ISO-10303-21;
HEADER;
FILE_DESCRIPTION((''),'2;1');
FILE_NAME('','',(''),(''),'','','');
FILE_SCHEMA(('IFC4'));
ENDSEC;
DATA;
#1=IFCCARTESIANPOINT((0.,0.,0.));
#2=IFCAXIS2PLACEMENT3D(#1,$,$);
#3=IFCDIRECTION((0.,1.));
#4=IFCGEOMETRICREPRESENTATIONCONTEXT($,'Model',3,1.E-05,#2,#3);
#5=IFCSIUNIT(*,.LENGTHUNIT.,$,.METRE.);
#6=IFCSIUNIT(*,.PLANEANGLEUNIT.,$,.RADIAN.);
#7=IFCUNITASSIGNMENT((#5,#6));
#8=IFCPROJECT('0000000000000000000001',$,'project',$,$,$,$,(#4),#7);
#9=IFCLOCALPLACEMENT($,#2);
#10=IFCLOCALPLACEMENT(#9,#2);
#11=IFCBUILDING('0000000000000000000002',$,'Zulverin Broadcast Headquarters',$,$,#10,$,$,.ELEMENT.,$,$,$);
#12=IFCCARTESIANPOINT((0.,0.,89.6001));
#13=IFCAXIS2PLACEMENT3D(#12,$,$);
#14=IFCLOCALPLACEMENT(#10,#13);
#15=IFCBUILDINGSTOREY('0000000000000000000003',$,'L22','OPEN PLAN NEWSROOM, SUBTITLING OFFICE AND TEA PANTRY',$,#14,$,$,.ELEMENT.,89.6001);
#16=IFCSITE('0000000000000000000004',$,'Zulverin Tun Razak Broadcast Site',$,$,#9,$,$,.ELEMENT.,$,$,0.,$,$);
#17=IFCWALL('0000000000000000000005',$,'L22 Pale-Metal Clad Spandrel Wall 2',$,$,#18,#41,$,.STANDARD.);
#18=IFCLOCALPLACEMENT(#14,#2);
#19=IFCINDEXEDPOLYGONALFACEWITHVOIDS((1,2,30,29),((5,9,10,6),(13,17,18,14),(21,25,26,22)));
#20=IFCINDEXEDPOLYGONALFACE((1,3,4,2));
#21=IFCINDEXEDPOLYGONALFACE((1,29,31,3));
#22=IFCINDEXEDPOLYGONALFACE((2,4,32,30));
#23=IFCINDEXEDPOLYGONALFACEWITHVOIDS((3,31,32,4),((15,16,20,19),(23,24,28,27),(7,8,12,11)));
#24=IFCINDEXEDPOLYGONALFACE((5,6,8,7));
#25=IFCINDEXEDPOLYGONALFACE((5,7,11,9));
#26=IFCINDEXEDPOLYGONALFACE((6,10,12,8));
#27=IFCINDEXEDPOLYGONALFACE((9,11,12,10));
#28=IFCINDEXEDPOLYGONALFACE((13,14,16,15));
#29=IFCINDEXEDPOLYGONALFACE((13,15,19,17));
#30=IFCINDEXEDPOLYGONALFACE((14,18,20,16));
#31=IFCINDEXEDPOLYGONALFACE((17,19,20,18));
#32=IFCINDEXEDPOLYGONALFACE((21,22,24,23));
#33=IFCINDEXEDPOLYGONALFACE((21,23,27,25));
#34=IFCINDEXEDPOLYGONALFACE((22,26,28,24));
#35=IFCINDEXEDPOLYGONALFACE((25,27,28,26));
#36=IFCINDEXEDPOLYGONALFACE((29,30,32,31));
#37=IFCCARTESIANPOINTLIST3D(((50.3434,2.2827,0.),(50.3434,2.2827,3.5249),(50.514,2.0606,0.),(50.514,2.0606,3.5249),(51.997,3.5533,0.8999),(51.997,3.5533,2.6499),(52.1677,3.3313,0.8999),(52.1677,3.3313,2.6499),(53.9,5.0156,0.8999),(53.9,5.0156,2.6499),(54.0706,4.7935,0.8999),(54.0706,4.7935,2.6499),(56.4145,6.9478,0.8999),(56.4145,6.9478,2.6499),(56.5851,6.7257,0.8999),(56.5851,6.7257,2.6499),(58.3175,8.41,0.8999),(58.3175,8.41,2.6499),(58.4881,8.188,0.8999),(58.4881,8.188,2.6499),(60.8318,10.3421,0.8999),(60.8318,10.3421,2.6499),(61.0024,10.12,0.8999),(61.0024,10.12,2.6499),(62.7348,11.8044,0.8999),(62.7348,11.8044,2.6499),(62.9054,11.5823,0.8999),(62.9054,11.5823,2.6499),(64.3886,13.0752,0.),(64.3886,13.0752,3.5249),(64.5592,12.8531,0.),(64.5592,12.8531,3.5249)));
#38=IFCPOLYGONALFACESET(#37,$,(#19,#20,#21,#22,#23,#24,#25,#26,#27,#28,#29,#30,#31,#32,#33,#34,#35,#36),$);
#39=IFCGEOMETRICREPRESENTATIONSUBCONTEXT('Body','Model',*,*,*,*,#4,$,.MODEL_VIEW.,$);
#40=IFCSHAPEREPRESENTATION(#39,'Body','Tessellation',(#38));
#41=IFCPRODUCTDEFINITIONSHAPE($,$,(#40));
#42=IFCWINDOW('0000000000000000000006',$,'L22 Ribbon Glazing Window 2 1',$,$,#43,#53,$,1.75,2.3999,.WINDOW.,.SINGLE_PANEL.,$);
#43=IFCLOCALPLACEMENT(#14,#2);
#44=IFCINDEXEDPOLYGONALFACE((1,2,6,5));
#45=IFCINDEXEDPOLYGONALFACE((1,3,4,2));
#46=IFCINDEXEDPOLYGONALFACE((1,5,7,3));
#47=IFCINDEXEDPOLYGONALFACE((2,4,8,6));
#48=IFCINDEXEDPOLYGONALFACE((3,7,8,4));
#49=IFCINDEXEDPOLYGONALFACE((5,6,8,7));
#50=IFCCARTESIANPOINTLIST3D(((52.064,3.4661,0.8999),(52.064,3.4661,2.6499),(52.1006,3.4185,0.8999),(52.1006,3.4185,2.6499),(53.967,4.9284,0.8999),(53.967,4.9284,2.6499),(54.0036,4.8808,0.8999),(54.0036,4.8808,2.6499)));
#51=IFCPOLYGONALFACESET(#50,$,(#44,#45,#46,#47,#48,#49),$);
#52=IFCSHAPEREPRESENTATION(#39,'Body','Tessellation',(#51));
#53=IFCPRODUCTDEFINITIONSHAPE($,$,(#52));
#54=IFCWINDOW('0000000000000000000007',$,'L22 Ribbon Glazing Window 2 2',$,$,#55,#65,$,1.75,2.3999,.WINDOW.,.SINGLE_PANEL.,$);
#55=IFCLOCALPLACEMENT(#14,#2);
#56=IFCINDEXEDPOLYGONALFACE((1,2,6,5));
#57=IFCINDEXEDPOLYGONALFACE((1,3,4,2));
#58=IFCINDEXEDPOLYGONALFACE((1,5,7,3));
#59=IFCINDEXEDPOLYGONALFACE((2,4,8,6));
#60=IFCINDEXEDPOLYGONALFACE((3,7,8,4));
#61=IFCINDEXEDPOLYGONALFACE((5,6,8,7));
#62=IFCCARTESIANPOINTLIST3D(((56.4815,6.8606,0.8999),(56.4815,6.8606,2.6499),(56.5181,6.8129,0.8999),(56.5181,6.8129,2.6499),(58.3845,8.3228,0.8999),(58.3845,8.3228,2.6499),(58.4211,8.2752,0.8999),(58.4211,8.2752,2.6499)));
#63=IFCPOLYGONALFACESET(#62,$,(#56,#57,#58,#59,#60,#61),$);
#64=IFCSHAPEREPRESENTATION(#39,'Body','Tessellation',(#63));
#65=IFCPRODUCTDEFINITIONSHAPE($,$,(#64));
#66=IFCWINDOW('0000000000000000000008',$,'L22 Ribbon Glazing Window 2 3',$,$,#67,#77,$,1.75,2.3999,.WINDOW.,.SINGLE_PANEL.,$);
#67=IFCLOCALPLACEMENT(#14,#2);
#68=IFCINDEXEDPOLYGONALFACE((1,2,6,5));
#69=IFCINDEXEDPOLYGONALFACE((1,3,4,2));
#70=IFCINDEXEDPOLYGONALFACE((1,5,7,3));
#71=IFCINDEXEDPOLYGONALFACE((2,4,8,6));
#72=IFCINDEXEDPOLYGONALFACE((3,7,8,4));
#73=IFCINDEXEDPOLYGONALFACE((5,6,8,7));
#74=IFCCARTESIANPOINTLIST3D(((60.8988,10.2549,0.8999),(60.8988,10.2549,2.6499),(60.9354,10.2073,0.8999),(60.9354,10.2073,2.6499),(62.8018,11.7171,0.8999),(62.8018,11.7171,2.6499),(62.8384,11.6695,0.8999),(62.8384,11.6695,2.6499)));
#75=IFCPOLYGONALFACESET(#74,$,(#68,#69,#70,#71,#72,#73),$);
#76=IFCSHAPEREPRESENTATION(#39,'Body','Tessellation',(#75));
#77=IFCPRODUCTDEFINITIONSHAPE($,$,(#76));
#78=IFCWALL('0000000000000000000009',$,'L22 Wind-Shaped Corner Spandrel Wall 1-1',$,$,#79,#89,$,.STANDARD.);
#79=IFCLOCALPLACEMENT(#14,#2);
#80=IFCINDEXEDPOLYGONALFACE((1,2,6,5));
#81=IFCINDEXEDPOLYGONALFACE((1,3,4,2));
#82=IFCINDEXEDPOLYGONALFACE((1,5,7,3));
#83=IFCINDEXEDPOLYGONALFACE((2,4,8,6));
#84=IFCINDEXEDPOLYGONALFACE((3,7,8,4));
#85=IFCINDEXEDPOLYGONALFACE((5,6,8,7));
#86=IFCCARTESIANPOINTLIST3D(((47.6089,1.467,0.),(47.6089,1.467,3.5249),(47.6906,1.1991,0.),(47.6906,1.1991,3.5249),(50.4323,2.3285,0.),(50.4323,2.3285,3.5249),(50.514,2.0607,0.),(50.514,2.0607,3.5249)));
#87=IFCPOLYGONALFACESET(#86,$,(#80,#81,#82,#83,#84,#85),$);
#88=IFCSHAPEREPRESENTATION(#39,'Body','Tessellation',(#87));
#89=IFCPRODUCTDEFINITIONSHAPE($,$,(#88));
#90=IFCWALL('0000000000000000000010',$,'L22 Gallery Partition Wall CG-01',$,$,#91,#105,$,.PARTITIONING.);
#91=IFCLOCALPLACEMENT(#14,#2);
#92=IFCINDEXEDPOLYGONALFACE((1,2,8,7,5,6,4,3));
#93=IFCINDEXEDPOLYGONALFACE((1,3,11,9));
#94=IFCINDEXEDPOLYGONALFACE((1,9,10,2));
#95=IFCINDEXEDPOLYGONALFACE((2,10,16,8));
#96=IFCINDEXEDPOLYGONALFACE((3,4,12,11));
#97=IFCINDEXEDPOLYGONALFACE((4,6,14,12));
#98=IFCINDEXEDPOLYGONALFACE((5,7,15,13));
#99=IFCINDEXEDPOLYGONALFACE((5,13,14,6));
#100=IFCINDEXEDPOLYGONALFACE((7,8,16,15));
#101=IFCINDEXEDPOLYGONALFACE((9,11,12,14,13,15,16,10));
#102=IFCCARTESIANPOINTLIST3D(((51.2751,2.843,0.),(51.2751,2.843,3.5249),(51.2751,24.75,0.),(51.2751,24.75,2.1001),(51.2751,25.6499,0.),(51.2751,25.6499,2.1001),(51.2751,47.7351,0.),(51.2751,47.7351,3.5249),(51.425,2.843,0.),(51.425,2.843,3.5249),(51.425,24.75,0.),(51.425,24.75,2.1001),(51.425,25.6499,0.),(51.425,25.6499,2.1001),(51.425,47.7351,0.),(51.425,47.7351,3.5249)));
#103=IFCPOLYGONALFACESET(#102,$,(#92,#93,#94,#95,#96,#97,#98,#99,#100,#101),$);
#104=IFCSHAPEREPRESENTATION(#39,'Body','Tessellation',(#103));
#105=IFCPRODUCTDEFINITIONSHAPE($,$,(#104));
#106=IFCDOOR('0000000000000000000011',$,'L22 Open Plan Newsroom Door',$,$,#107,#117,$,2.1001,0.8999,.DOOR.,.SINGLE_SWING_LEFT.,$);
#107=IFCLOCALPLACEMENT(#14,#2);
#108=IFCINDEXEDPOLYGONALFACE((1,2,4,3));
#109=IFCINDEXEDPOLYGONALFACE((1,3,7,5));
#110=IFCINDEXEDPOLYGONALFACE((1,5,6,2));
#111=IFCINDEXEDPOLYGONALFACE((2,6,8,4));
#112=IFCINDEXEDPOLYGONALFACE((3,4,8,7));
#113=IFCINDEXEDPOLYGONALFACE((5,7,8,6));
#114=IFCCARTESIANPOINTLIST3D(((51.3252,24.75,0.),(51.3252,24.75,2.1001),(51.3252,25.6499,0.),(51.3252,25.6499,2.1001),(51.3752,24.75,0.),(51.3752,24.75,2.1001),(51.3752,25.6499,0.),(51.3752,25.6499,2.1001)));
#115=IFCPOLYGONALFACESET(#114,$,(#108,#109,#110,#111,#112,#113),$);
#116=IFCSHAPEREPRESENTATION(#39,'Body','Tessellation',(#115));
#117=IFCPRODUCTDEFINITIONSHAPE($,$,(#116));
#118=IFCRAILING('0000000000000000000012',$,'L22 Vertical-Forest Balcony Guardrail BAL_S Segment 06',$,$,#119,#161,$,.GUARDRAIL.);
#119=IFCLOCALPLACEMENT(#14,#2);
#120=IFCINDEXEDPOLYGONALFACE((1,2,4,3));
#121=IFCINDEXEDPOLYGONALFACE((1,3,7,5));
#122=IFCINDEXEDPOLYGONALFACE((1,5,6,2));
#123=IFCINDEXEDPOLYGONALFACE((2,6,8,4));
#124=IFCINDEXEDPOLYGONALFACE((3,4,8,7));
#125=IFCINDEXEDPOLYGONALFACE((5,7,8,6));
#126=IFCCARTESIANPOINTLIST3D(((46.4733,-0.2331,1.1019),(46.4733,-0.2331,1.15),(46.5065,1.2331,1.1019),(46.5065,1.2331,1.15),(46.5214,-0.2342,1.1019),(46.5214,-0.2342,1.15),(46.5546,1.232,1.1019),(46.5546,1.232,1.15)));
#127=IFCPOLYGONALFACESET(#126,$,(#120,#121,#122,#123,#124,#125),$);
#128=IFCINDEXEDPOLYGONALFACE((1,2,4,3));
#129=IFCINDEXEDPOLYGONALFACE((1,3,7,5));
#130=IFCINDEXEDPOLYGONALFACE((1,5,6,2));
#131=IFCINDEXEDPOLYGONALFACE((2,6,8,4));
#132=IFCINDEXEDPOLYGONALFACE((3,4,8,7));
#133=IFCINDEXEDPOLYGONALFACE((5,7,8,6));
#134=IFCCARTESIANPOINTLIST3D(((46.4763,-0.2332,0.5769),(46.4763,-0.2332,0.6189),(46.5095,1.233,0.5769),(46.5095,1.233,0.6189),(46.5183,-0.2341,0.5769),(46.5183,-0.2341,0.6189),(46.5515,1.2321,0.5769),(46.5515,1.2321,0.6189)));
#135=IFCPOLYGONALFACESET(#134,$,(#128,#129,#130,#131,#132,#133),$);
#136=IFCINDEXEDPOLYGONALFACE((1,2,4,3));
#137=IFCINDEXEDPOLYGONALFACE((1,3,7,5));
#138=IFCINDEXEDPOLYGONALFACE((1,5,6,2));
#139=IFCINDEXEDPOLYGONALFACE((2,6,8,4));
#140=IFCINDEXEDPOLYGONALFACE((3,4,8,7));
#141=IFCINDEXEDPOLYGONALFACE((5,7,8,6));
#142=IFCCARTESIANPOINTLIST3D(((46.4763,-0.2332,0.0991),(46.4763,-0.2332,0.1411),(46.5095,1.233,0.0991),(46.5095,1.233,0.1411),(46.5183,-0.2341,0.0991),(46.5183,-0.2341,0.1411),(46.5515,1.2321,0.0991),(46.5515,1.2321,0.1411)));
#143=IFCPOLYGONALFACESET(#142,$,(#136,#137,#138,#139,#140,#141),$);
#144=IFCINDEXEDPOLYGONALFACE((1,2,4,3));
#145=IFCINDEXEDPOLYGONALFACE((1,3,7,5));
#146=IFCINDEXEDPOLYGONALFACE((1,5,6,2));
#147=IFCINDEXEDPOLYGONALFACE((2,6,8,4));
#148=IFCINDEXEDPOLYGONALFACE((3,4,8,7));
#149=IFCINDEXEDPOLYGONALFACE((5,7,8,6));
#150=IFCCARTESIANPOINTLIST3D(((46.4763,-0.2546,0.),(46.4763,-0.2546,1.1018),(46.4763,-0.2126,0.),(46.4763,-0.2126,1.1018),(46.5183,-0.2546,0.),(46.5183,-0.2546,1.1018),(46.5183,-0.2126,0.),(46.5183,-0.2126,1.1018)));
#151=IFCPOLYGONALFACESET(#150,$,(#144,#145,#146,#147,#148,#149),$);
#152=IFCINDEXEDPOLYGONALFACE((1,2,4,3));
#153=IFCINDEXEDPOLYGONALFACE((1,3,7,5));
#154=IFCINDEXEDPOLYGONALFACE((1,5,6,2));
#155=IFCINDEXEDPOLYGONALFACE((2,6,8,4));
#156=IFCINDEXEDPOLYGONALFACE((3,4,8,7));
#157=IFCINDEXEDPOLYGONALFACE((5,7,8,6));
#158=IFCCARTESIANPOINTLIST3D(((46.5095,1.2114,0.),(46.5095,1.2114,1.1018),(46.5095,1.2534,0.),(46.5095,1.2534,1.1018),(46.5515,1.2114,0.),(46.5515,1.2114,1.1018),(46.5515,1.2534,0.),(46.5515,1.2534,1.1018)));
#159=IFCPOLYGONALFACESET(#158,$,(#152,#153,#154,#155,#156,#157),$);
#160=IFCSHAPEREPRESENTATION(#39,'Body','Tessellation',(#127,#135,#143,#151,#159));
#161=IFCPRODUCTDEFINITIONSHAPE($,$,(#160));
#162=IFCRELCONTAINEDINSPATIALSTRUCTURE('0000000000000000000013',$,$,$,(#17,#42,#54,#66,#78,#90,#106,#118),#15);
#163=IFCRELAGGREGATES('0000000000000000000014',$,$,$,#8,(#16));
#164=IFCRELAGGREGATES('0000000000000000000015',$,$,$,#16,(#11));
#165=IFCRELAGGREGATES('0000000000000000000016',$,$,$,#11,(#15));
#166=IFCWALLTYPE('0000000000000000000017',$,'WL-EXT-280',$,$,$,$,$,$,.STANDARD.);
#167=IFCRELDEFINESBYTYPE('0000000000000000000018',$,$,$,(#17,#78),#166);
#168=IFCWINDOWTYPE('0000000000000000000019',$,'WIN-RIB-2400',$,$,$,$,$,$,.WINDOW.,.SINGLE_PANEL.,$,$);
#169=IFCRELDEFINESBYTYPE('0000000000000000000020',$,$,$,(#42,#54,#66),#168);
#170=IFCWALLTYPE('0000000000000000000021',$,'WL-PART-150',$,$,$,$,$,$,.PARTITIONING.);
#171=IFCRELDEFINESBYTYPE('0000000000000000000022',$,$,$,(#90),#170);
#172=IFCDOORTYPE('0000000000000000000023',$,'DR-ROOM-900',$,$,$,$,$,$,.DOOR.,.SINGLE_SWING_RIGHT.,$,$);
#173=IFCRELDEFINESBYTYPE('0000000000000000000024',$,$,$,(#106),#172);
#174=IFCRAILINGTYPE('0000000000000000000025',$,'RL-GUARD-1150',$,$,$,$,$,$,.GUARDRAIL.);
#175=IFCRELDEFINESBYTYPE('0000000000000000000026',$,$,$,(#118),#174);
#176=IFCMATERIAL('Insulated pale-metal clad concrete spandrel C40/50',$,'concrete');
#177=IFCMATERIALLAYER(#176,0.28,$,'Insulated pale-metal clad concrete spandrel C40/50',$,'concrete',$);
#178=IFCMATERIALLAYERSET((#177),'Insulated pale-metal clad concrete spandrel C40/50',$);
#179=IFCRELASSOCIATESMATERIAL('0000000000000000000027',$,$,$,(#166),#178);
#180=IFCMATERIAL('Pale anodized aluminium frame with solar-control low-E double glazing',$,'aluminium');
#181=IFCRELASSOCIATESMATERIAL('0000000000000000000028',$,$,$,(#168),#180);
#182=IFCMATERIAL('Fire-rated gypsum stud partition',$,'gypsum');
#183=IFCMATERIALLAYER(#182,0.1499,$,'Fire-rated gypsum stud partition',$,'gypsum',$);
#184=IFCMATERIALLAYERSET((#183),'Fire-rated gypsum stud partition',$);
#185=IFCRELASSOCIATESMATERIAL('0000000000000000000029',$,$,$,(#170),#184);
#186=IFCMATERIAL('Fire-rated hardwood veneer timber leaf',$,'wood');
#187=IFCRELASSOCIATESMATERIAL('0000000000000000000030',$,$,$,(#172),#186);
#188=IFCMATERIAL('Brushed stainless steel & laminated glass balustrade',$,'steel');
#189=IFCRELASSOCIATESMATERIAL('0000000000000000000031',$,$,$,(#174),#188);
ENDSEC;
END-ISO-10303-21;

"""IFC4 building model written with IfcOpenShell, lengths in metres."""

from ifc_helpers import new_model, si_unit, direction, frame, frame_2d, origin, origin_2d, place, context, subcontext, project, spatial, rectangle, extrude, material, layer, layer_set, type_object, element, fill, save


model = new_model("IFC4")

# Units and contexts
model_context = context("Model", 3, precision=1e-05, world=origin(), true_north=direction((0.0, 1.0)))
body_context = subcontext(model_context, "Body", "Model", "MODEL_VIEW")
ifc_project = project(units=[si_unit("LENGTHUNIT", "METRE"), si_unit("PLANEANGLEUNIT", "RADIAN")], contexts=[model_context])

# Site, building, storey
site_placement = place(None, origin())
site = spatial("IfcSite", under=ifc_project, at=site_placement, Name="Zulverin Tun Razak Broadcast Site", CompositionType="ELEMENT", RefElevation=0.0)
building_placement = place(site_placement, origin())
building = spatial("IfcBuilding", under=site, at=building_placement, Name="Zulverin Broadcast Headquarters", CompositionType="ELEMENT")
storey_placement = place(building_placement, frame((0.0, 0.0, 89.6001)))
storey = spatial("IfcBuildingStorey", under=building, at=storey_placement, Name="L22", Description="OPEN PLAN NEWSROOM, SUBTITLING OFFICE AND TEA PANTRY", CompositionType="ELEMENT", Elevation=89.6001)

# Wall, openings, windows
ifc_material_1 = material(Name="Insulated pale-metal clad concrete spandrel C40/50", Category="concrete")
ifc_layer_1 = layer(ifc_material_1, 0.28, Name="Insulated pale-metal clad concrete spandrel C40/50", Category="concrete")
ifc_layer_set_1 = layer_set([ifc_layer_1], Name="Insulated pale-metal clad concrete spandrel C40/50")
wall_type_1 = type_object("IfcWallType", Name="WL-EXT-280", PredefinedType="STANDARD", material=ifc_layer_set_1)
wall_1_placement = place(storey_placement, frame((50.4287, 2.1716, 0.0), z_axis=(0.0, 0.0, 1.0), x_axis=(0.792937, 0.609303, 0.0)))
wall_1 = element("IfcWall", 1, at=wall_1_placement, inside=storey, type_object=wall_type_1, Name="L22 Pale-Metal Clad Spandrel Wall 2", PredefinedType="STANDARD", context=body_context, shape_type="SweptSolid", body=[
    extrude(rectangle(XDim=17.7129, YDim=0.28, at=frame_2d((8.8564, 0.0))), origin(), (0.0, 0.0, 1.0), 3.5249),
])
opening_1_placement = place(wall_1_placement, frame((2.0854, 0.0, 0.8999)))
opening_1 = element("IfcOpeningElement", 2, at=opening_1_placement, cuts=wall_1, PredefinedType="OPENING", context=body_context, shape_type="SweptSolid", body=[
    extrude(rectangle(XDim=2.3999, YDim=1.75, at=frame_2d((1.2, 0.875))), frame((0.0, 0.1499, 0.0), z_axis=(0.0, -1.0, 0.0), x_axis=(1.0, 0.0, 0.0)), (0.0, 0.0, 1.0), 0.3),
])
opening_2_placement = place(wall_1_placement, frame((7.6565, 0.0, 0.8999)))
opening_2 = element("IfcOpeningElement", 3, at=opening_2_placement, cuts=wall_1, PredefinedType="OPENING", context=body_context, shape_type="SweptSolid", body=[
    extrude(rectangle(XDim=2.3999, YDim=1.75, at=frame_2d((1.2, 0.875))), frame((0.0, 0.1499, 0.0), z_axis=(0.0, -1.0, 0.0), x_axis=(1.0, 0.0, 0.0)), (0.0, 0.0, 1.0), 0.3),
])
opening_3_placement = place(wall_1_placement, frame((13.2273, 0.0, 0.8999)))
opening_3 = element("IfcOpeningElement", 4, at=opening_3_placement, cuts=wall_1, PredefinedType="OPENING", context=body_context, shape_type="SweptSolid", body=[
    extrude(rectangle(XDim=2.3999, YDim=1.75, at=frame_2d((1.2, 0.875))), frame((0.0, 0.1499, 0.0), z_axis=(0.0, -1.0, 0.0), x_axis=(1.0, 0.0, 0.0)), (0.0, 0.0, 1.0), 0.3),
])
ifc_material_2 = material(Name="Pale anodized aluminium frame with solar-control low-E double glazing", Category="aluminium")
window_type = type_object("IfcWindowType", Name="WIN-RIB-2400", PartitioningType="SINGLE_PANEL", PredefinedType="WINDOW", material=ifc_material_2)
window_1_placement = place(opening_1_placement, origin())
window_1 = element("IfcWindow", 5, at=window_1_placement, inside=storey, type_object=window_type, Name="L22 Ribbon Glazing Window 2 1", OverallHeight=1.75, OverallWidth=2.3999, PartitioningType="SINGLE_PANEL", PredefinedType="WINDOW", context=body_context, shape_type="SweptSolid", body=[
    extrude(rectangle(XDim=2.3999, YDim=1.75, at=frame_2d((1.2, 0.875))), frame((0.0, 0.03, 0.0), z_axis=(0.0, -1.0, 0.0), x_axis=(1.0, 0.0, 0.0)), (0.0, 0.0, 1.0), 0.0601),
])
fill(opening_1, window_1)
window_2_placement = place(opening_2_placement, origin())
window_2 = element("IfcWindow", 6, at=window_2_placement, inside=storey, type_object=window_type, Name="L22 Ribbon Glazing Window 2 2", OverallHeight=1.75, OverallWidth=2.3999, PartitioningType="SINGLE_PANEL", PredefinedType="WINDOW", context=body_context, shape_type="SweptSolid", body=[
    extrude(rectangle(XDim=2.3999, YDim=1.75, at=frame_2d((1.2, 0.875))), frame((0.0, 0.03, 0.0), z_axis=(0.0, -1.0, 0.0), x_axis=(1.0, 0.0, 0.0)), (0.0, 0.0, 1.0), 0.0601),
])
fill(opening_2, window_2)
window_3_placement = place(opening_3_placement, origin())
window_3 = element("IfcWindow", 7, at=window_3_placement, inside=storey, type_object=window_type, Name="L22 Ribbon Glazing Window 2 3", OverallHeight=1.75, OverallWidth=2.3999, PartitioningType="SINGLE_PANEL", PredefinedType="WINDOW", context=body_context, shape_type="SweptSolid", body=[
    extrude(rectangle(XDim=2.3999, YDim=1.75, at=frame_2d((1.2, 0.875))), frame((0.0, 0.03, 0.0), z_axis=(0.0, -1.0, 0.0), x_axis=(1.0, 0.0, 0.0)), (0.0, 0.0, 1.0), 0.0601),
])
fill(opening_3, window_3)

# Wall
wall_2_placement = place(storey_placement, frame((47.6497, 1.333, 0.0), z_axis=(0.0, 0.0, 1.0), x_axis=(0.956461, 0.291859, 0.0)))
element("IfcWall", 8, at=wall_2_placement, inside=storey, type_object=wall_type_1, Name="L22 Wind-Shaped Corner Spandrel Wall 1-1", PredefinedType="STANDARD", context=body_context, shape_type="SweptSolid", body=[
    extrude(rectangle(XDim=2.9519, YDim=0.28, at=frame_2d((1.4761, 0.0))), origin(), (0.0, 0.0, 1.0), 3.5249),
])

# Wall, opening, door
ifc_material_3 = material(Name="Fire-rated gypsum stud partition", Category="gypsum")
ifc_layer_2 = layer(ifc_material_3, 0.1499, Name="Fire-rated gypsum stud partition", Category="gypsum")
ifc_layer_set_2 = layer_set([ifc_layer_2], Name="Fire-rated gypsum stud partition")
wall_type_2 = type_object("IfcWallType", Name="WL-PART-150", PredefinedType="PARTITIONING", material=ifc_layer_set_2)
wall_3_placement = place(storey_placement, frame((51.3501, 2.843, 0.0), z_axis=(0.0, 0.0, 1.0), x_axis=(0.0, 1.0, 0.0)))
wall_3 = element("IfcWall", 9, at=wall_3_placement, inside=storey, type_object=wall_type_2, Name="L22 Gallery Partition Wall CG-01", PredefinedType="PARTITIONING", context=body_context, shape_type="SweptSolid", body=[
    extrude(rectangle(XDim=44.8921, YDim=0.1499, at=frame_2d((22.446, 0.0))), origin(), (0.0, 0.0, 1.0), 3.5249),
])
opening_4_placement = place(wall_3_placement, frame((21.907, 0.0, 0.0)))
opening_4 = element("IfcOpeningElement", 10, at=opening_4_placement, cuts=wall_3, PredefinedType="OPENING", context=body_context, shape_type="SweptSolid", body=[
    extrude(rectangle(XDim=0.8999, YDim=2.1001, at=frame_2d((0.45, 1.05))), frame((0.0, 0.085, 0.0), z_axis=(0.0, -1.0, 0.0), x_axis=(1.0, 0.0, 0.0)), (0.0, 0.0, 1.0), 0.1699),
])
ifc_material_4 = material(Name="Fire-rated hardwood veneer timber leaf", Category="wood")
door_type_1 = type_object("IfcDoorType", Name="DR-ROOM-900", OperationType="SINGLE_SWING_RIGHT", PredefinedType="DOOR", material=ifc_material_4)
door_1_placement = place(opening_4_placement, origin())
door_1 = element("IfcDoor", 11, at=door_1_placement, inside=storey, type_object=door_type_1, Name="L22 Open Plan Newsroom Door", OperationType="SINGLE_SWING_LEFT", OverallHeight=2.1001, OverallWidth=0.8999, PredefinedType="DOOR", context=body_context, shape_type="SweptSolid", body=[
    extrude(rectangle(XDim=0.8999, YDim=2.1001, at=frame_2d((0.45, 1.05))), frame((0.0, 0.0249, 0.0), z_axis=(0.0, -1.0, 0.0), x_axis=(1.0, 0.0, 0.0)), (0.0, 0.0, 1.0), 0.05),
])
fill(opening_4, door_1)

# Railing
ifc_material_5 = material(Name="Brushed stainless steel & laminated glass balustrade", Category="steel")
railing_type = type_object("IfcRailingType", Name="RL-GUARD-1150", PredefinedType="GUARDRAIL", material=ifc_material_5)
railing_placement = place(storey_placement, frame((46.4973, -0.2336, 0.0)))
element("IfcRailing", 12, at=railing_placement, inside=storey, type_object=railing_type, Name="L22 Vertical-Forest Balcony Guardrail BAL_S Segment 06", PredefinedType="GUARDRAIL", context=body_context, shape_type="SweptSolid", body=[
    extrude(rectangle(XDim=0.0481, YDim=0.0481, at=origin_2d()), frame((0.0, 0.0, 1.126), z_axis=(0.022642, 0.999744, 0.0), x_axis=(-0.999744, 0.022642, 0.0)), (0.0, 0.0, 1.0), 1.4666),
    extrude(rectangle(XDim=0.042, YDim=0.042, at=origin_2d()), frame((0.0, 0.0, 0.5979), z_axis=(0.022642, 0.999744, 0.0), x_axis=(-0.999744, 0.022642, 0.0)), (0.0, 0.0, 1.0), 1.4666),
    extrude(rectangle(XDim=0.042, YDim=0.042, at=origin_2d()), frame((0.0, 0.0, 0.1201), z_axis=(0.022642, 0.999744, 0.0), x_axis=(-0.999744, 0.022642, 0.0)), (0.0, 0.0, 1.0), 1.4666),
    extrude(rectangle(XDim=0.042, YDim=0.042, at=origin_2d()), origin(), (0.0, 0.0, 1.0), 1.1018),
    extrude(rectangle(XDim=0.042, YDim=0.042, at=origin_2d()), frame((0.0332, 1.4661, 0.0)), (0.0, 0.0, 1.0), 1.1018),
])

save(model, "model.ifc")
